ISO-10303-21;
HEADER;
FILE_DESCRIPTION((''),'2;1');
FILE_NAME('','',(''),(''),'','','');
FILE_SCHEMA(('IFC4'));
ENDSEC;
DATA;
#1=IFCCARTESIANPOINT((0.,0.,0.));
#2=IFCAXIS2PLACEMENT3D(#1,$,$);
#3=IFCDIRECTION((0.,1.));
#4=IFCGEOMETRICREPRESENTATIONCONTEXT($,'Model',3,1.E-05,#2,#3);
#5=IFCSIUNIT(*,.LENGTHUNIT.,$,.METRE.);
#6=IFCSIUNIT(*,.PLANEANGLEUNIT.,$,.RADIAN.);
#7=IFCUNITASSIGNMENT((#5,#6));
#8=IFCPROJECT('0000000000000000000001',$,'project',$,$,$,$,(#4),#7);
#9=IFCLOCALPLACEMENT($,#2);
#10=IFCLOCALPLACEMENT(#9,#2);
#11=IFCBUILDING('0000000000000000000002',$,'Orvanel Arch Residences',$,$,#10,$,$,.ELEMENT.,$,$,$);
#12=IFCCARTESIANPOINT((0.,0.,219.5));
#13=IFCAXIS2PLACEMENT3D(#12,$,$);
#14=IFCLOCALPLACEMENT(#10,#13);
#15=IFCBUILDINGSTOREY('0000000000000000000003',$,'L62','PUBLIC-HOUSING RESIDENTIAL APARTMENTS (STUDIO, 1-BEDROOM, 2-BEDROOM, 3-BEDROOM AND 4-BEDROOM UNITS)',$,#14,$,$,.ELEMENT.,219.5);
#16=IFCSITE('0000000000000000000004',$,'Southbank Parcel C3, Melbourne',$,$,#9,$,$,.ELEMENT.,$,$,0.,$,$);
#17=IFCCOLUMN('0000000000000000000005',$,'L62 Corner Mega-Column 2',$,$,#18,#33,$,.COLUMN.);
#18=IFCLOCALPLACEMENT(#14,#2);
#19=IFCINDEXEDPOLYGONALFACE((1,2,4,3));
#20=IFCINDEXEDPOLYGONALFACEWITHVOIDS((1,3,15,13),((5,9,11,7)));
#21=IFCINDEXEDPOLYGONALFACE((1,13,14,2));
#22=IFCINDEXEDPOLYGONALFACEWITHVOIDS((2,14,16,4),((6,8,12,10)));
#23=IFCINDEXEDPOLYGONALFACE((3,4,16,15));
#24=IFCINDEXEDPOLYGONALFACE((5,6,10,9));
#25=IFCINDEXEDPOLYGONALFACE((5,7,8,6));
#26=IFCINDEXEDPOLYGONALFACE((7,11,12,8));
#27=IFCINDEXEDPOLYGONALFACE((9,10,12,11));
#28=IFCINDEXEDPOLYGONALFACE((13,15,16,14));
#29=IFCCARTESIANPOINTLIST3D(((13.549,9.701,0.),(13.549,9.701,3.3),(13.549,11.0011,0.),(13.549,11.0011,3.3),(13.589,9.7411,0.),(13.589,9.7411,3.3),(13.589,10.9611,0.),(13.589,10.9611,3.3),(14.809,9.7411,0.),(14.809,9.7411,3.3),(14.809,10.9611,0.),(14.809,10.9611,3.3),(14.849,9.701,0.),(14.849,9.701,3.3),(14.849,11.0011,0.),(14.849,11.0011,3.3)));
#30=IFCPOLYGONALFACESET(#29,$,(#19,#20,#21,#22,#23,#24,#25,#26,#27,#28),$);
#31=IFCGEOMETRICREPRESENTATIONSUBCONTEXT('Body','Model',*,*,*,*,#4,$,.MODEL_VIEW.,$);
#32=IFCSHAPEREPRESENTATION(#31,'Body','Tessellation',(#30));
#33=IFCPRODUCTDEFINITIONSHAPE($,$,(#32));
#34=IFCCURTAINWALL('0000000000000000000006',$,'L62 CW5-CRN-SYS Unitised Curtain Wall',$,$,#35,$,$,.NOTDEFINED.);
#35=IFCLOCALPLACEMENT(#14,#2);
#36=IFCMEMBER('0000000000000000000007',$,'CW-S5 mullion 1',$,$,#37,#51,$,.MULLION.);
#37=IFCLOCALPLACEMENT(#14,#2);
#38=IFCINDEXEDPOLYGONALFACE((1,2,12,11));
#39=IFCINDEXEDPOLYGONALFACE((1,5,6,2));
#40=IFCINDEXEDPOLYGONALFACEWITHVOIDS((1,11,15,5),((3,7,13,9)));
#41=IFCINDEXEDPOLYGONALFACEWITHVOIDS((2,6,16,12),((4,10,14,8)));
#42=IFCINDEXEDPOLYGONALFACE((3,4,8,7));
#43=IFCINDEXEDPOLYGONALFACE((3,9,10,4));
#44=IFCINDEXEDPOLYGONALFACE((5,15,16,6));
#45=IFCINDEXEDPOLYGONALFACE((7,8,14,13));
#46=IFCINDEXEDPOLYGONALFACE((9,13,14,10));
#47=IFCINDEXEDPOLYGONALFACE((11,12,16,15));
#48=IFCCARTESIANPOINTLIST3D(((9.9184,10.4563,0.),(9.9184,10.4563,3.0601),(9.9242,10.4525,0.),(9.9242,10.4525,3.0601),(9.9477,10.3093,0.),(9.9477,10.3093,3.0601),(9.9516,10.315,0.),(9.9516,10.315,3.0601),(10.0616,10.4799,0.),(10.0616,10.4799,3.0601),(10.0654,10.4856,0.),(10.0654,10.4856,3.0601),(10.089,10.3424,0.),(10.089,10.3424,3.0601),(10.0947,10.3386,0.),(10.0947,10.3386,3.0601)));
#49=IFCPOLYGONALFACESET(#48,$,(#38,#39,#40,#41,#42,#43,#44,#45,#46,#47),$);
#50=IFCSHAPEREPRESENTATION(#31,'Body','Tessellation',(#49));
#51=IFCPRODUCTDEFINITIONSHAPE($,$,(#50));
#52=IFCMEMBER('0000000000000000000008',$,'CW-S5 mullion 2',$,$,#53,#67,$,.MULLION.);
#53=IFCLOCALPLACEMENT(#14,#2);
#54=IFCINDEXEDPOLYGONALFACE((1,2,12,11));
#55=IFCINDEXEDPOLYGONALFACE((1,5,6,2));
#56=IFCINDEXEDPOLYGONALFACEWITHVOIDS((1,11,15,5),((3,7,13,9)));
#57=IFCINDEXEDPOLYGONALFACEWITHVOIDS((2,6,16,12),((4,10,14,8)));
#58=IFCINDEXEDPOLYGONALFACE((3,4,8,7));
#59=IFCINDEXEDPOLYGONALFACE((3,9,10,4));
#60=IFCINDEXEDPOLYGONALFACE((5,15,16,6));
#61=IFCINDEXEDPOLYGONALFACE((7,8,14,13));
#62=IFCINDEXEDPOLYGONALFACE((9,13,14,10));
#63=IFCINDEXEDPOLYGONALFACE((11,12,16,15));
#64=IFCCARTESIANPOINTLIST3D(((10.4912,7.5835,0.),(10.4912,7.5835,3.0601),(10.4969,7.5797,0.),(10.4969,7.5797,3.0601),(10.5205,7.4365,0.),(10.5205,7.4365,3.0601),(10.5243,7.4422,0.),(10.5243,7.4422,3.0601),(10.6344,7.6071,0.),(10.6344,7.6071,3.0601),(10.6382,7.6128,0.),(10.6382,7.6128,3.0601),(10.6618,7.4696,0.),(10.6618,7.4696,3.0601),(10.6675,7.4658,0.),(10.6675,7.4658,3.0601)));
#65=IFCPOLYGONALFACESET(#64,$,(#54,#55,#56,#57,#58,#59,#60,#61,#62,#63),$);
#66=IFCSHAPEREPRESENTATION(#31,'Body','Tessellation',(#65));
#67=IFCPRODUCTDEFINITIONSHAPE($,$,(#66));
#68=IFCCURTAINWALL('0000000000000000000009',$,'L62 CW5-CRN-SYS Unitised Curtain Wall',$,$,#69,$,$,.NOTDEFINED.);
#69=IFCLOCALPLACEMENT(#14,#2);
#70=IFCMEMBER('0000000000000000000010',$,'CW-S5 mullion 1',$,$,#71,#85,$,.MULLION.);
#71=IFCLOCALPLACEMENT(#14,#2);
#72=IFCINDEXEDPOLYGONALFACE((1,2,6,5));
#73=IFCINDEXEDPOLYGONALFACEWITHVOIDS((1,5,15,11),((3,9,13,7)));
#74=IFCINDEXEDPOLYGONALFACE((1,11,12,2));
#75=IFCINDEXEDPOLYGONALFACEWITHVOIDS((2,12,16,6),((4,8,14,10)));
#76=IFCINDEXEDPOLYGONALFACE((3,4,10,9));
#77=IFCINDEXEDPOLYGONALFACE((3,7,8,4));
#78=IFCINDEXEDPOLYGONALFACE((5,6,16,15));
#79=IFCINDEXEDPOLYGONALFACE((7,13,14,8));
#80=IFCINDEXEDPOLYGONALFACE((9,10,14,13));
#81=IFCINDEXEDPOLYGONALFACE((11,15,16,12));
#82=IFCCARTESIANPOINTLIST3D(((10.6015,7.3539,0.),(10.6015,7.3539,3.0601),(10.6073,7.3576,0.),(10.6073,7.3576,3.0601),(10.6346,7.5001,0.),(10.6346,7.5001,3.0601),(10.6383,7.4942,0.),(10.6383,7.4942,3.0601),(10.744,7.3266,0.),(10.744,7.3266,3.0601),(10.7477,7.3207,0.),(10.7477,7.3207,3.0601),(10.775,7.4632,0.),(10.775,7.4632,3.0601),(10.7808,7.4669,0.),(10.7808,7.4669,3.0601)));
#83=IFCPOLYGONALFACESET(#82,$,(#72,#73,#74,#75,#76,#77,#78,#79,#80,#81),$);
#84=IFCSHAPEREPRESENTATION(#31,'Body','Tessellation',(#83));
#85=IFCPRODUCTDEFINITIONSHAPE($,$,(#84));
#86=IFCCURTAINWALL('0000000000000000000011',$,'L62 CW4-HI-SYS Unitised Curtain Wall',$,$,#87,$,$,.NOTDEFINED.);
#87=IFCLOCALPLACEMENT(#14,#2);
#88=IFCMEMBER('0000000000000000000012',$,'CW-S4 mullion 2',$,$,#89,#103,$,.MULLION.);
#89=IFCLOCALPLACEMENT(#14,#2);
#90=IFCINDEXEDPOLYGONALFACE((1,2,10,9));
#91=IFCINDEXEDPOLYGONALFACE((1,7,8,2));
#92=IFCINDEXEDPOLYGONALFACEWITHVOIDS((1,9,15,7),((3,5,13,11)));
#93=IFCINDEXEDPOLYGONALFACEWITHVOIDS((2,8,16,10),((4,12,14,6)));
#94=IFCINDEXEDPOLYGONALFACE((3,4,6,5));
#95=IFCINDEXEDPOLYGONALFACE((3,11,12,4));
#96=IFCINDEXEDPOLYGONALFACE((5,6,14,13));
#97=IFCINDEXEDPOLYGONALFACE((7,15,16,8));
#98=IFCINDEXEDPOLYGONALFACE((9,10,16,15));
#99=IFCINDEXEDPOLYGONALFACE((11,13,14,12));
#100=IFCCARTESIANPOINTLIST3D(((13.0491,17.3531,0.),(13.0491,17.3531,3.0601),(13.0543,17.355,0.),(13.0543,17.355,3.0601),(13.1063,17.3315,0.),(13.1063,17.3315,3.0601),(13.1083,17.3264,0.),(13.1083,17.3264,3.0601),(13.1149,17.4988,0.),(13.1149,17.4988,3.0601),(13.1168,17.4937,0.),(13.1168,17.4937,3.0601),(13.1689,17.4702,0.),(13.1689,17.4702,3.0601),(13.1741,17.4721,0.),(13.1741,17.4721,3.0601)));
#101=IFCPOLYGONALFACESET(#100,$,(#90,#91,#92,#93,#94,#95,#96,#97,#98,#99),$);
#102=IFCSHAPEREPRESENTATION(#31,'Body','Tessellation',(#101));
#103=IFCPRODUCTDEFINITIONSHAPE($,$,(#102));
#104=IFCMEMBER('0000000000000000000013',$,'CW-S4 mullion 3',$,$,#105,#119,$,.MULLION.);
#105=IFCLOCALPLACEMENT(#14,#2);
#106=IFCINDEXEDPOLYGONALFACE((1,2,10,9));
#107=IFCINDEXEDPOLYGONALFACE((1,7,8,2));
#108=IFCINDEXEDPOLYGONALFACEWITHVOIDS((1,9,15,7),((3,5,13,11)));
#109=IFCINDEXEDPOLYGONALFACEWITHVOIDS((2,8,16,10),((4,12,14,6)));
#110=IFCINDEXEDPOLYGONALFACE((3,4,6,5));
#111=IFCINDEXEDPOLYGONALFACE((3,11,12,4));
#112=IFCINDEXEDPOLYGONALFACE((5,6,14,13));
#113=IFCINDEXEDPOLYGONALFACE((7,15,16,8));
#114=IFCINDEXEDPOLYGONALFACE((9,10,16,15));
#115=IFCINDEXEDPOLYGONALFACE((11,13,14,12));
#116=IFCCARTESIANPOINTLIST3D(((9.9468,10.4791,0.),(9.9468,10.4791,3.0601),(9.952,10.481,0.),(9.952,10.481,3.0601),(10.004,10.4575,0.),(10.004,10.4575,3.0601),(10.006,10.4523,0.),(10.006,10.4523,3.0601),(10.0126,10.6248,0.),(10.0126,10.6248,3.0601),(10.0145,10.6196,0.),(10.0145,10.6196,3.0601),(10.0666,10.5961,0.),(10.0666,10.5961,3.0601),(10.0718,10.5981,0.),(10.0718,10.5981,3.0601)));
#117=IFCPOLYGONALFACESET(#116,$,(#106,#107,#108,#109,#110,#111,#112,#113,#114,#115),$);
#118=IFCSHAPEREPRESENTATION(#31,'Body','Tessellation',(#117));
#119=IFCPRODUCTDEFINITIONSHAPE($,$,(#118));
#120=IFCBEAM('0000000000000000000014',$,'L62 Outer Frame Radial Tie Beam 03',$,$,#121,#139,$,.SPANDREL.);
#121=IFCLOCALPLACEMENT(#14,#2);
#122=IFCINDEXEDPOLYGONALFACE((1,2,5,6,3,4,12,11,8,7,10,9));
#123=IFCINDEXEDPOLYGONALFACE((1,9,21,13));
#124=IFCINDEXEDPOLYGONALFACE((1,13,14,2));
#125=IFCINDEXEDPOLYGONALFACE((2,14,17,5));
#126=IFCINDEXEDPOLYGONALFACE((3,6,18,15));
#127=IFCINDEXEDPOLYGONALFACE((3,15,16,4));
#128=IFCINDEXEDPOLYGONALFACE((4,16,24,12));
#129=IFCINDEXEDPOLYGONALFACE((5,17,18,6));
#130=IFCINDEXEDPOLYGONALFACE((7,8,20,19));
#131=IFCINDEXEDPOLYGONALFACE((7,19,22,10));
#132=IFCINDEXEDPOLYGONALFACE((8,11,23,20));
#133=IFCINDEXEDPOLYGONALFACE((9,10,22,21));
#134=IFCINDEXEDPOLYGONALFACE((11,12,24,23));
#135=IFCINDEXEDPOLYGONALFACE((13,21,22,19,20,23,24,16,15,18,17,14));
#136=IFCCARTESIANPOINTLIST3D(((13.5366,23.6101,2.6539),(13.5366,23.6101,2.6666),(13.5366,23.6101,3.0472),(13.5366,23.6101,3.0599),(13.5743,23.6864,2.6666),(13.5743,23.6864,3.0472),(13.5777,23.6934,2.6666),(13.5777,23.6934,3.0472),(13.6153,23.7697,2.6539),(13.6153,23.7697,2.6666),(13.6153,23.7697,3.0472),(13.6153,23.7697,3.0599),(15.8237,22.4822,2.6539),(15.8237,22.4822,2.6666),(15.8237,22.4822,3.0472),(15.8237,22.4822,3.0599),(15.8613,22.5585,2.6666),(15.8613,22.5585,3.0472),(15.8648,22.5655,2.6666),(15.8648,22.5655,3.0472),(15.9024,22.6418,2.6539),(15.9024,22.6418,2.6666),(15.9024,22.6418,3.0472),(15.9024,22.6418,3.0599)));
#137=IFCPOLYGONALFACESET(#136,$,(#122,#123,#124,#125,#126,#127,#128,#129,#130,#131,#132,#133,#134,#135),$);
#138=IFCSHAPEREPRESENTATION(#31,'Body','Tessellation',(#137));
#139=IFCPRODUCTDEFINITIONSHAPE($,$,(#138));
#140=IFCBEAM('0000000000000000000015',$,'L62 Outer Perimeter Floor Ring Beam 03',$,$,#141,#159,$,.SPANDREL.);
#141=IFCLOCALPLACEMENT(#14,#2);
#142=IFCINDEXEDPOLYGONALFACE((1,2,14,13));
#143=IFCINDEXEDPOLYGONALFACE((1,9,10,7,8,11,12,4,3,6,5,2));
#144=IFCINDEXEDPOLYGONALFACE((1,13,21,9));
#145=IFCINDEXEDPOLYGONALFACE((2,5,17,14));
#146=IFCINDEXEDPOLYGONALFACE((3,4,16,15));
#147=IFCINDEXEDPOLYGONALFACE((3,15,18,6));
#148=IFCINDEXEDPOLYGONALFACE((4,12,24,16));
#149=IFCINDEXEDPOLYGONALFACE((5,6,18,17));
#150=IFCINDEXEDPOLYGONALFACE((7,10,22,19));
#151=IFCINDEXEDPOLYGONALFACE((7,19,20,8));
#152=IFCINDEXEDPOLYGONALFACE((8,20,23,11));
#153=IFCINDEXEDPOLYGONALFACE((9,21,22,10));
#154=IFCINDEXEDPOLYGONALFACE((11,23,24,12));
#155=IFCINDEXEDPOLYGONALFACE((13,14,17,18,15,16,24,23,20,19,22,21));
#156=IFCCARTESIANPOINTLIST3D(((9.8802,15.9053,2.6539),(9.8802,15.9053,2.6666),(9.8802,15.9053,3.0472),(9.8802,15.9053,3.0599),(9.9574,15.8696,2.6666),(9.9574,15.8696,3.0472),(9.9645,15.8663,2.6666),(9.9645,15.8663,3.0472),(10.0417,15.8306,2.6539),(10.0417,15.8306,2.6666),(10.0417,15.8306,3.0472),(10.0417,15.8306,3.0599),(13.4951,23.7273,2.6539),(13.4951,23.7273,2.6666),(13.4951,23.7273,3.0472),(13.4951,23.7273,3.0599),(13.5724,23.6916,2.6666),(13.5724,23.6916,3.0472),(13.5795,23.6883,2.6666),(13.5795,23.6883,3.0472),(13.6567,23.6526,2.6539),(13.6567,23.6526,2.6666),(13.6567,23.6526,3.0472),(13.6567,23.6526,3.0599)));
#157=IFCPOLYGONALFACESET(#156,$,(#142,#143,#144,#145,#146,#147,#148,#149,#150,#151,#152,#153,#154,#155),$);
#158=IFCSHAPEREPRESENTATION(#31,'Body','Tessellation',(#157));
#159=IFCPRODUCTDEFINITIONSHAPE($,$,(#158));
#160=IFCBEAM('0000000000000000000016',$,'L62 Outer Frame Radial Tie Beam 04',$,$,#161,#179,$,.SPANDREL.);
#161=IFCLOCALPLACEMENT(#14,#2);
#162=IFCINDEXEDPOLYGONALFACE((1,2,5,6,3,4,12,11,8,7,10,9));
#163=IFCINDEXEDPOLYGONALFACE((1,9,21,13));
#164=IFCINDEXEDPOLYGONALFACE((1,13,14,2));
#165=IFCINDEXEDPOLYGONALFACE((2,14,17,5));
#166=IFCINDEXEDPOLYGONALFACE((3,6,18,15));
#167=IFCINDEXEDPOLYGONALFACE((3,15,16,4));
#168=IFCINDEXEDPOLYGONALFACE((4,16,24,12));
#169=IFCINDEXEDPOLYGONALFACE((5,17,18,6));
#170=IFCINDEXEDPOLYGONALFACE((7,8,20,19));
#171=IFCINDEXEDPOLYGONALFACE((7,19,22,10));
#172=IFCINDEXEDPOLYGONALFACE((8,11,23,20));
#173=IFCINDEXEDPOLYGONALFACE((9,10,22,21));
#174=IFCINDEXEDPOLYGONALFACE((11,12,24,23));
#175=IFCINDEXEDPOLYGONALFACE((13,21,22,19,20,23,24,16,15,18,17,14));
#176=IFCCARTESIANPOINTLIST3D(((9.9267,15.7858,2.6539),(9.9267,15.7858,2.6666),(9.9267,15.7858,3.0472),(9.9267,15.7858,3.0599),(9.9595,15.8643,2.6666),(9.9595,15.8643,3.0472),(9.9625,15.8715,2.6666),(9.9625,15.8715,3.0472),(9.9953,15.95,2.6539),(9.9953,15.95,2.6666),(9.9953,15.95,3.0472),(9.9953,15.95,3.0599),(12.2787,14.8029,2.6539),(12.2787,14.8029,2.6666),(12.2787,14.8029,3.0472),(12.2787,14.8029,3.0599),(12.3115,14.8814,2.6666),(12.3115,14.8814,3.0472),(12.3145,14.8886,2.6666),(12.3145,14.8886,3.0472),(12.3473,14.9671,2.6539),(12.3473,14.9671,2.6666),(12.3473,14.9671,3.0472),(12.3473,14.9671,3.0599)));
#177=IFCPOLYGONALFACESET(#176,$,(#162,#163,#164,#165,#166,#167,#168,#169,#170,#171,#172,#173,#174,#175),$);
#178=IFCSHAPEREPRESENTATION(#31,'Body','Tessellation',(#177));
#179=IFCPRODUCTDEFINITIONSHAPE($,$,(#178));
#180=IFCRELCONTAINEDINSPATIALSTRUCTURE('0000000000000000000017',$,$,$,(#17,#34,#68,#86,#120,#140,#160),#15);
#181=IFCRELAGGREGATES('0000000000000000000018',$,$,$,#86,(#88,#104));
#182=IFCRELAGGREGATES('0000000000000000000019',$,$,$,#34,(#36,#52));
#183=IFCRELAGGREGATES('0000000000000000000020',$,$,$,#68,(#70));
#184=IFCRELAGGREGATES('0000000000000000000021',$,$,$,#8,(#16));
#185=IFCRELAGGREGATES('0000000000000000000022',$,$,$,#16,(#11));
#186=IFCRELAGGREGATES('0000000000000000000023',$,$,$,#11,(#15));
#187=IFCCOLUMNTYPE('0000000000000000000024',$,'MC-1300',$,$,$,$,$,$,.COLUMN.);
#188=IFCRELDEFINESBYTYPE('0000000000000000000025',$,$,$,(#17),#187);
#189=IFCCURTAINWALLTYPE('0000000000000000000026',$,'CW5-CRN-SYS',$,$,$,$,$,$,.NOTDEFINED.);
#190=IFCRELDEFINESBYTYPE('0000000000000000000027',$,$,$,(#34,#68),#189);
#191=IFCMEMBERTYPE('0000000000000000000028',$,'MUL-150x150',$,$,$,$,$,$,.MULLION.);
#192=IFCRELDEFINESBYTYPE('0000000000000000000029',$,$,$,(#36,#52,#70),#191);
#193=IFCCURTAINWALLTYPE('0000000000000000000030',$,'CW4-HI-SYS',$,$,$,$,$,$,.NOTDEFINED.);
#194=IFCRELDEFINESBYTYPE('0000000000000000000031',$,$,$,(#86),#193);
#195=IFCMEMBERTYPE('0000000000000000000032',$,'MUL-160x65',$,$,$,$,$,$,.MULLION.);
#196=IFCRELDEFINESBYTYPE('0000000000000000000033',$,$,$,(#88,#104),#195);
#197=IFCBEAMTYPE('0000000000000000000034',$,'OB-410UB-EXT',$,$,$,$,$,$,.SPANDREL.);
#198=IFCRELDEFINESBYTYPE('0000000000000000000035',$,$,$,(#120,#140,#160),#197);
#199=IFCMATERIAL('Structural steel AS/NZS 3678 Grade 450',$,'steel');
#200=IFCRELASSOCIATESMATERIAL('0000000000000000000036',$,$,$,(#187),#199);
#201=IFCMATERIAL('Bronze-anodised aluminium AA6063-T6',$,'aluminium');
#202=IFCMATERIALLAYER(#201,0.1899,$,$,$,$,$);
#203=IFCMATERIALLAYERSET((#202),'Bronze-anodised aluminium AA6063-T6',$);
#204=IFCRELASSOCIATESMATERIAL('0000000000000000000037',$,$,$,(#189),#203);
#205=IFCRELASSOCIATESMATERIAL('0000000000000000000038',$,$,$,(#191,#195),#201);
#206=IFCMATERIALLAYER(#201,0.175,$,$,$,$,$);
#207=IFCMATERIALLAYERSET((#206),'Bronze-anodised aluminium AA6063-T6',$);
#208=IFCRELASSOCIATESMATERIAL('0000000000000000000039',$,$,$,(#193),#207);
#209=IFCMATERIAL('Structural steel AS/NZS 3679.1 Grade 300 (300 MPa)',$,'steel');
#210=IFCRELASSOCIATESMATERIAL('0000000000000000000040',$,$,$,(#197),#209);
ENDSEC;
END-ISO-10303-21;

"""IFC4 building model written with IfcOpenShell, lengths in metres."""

from ifc_helpers import new_model, si_unit, direction, frame, origin, origin_2d, place, context, subcontext, project, spatial, hollow_rectangle, i_section, extrude, material, layer, layer_set, material_profile, profile_set, type_object, element, aggregate, save


model = new_model("IFC4")

# Units and contexts
model_context = context("Model", 3, precision=1e-05, world=origin(), true_north=direction((0.0, 1.0)))
body_context = subcontext(model_context, "Body", "Model", "MODEL_VIEW")
ifc_project = project(units=[si_unit("LENGTHUNIT", "METRE"), si_unit("PLANEANGLEUNIT", "RADIAN")], contexts=[model_context])

# Site, building, storey
site_placement = place(None, origin())
site = spatial("IfcSite", under=ifc_project, at=site_placement, Name="Southbank Parcel C3, Melbourne", CompositionType="ELEMENT", RefElevation=0.0)
building_placement = place(site_placement, origin())
building = spatial("IfcBuilding", under=site, at=building_placement, Name="Orvanel Arch Residences", CompositionType="ELEMENT")
storey_placement = place(building_placement, frame((0.0, 0.0, 219.5)))
storey = spatial("IfcBuildingStorey", under=building, at=storey_placement, Name="L62", Description="PUBLIC-HOUSING RESIDENTIAL APARTMENTS (STUDIO, 1-BEDROOM, 2-BEDROOM, 3-BEDROOM AND 4-BEDROOM UNITS)", CompositionType="ELEMENT", Elevation=219.5)

# Column
ifc_material_1 = material(Name="Structural steel AS/NZS 3678 Grade 450", Category="steel")
ifc_material_profile_1 = material_profile(ifc_material_1, hollow_rectangle(XDim=1.3, YDim=1.3, WallThickness=0.04, at=origin_2d()), Name="BOX1300x1300x40")
ifc_profile_set_1 = profile_set([ifc_material_profile_1], Name="Structural steel AS/NZS 3678 Grade 450")
column_type = type_object("IfcColumnType", Name="MC-1300", PredefinedType="COLUMN", material=ifc_profile_set_1)
column_placement = place(storey_placement, frame((14.199, 10.3511, 0.0), z_axis=(0.0, 0.0, 1.0), x_axis=(1.0, 0.0, 0.0)))
element("IfcColumn", 1, at=column_placement, inside=storey, type_object=column_type, Name="L62 Corner Mega-Column 2", PredefinedType="COLUMN", context=body_context, shape_type="SweptSolid", body=[
    extrude(hollow_rectangle(XDim=1.3, YDim=1.3, WallThickness=0.04, at=origin_2d()), origin(), (0.0, 0.0, 1.0), 3.3),
])

# Curtain wall, members
ifc_material_2 = material(Name="Bronze-anodised aluminium AA6063-T6", Category="aluminium")
ifc_layer_1 = layer(ifc_material_2, 0.1899)
ifc_layer_set_1 = layer_set([ifc_layer_1], Name="Bronze-anodised aluminium AA6063-T6")
curtain_wall_type_1 = type_object("IfcCurtainWallType", Name="CW5-CRN-SYS", PredefinedType="NOTDEFINED", material=ifc_layer_set_1)
curtain_wall_1_placement = place(storey_placement, origin())
curtain_wall_1 = element("IfcCurtainWall", 2, at=curtain_wall_1_placement, inside=storey, type_object=curtain_wall_type_1, Name="L62 CW5-CRN-SYS Unitised Curtain Wall", PredefinedType="NOTDEFINED")
ifc_material_profile_2 = material_profile(ifc_material_2, hollow_rectangle(XDim=0.1499, YDim=0.1499, WallThickness=0.0049, at=origin_2d()), Name="ALU150x150x5")
ifc_profile_set_2 = profile_set([ifc_material_profile_2], Name="Bronze-anodised aluminium AA6063-T6")
member_type_1 = type_object("IfcMemberType", Name="MUL-150x150", PredefinedType="MULLION", material=ifc_profile_set_2)
member_1_placement = place(storey_placement, frame((10.0066, 10.3975, 0.0), z_axis=(0.0, 0.0, 1.0), x_axis=(0.980705, 0.195492, 0.0)))
member_1 = element("IfcMember", 3, at=member_1_placement, type_object=member_type_1, Name="CW-S5 mullion 1", PredefinedType="MULLION", context=body_context, shape_type="SweptSolid", body=[
    extrude(hollow_rectangle(XDim=0.1499, YDim=0.1499, WallThickness=0.0049, at=origin_2d()), origin(), (0.0, 0.0, 1.0), 3.0601),
])
member_2_placement = place(storey_placement, frame((10.5793, 7.5247, 0.0), z_axis=(0.0, 0.0, 1.0), x_axis=(0.980705, 0.195492, 0.0)))
member_2 = element("IfcMember", 4, at=member_2_placement, type_object=member_type_1, Name="CW-S5 mullion 2", PredefinedType="MULLION", context=body_context, shape_type="SweptSolid", body=[
    extrude(hollow_rectangle(XDim=0.1499, YDim=0.1499, WallThickness=0.0049, at=origin_2d()), origin(), (0.0, 0.0, 1.0), 3.0601),
])

# Curtain wall, member
curtain_wall_2_placement = place(storey_placement, origin())
curtain_wall_2 = element("IfcCurtainWall", 5, at=curtain_wall_2_placement, inside=storey, type_object=curtain_wall_type_1, Name="L62 CW5-CRN-SYS Unitised Curtain Wall", PredefinedType="NOTDEFINED")
member_3_placement = place(storey_placement, frame((10.6912, 7.4104, 0.0), z_axis=(0.0, 0.0, 1.0), x_axis=(0.221184, 0.975232, 0.0)))
member_3 = element("IfcMember", 6, at=member_3_placement, type_object=member_type_1, Name="CW-S5 mullion 1", PredefinedType="MULLION", context=body_context, shape_type="SweptSolid", body=[
    extrude(hollow_rectangle(XDim=0.1499, YDim=0.1499, WallThickness=0.0049, at=origin_2d()), origin(), (0.0, 0.0, 1.0), 3.0601),
])

# Curtain wall, members
ifc_layer_2 = layer(ifc_material_2, 0.175)
ifc_layer_set_2 = layer_set([ifc_layer_2], Name="Bronze-anodised aluminium AA6063-T6")
curtain_wall_type_2 = type_object("IfcCurtainWallType", Name="CW4-HI-SYS", PredefinedType="NOTDEFINED", material=ifc_layer_set_2)
curtain_wall_3_placement = place(storey_placement, origin())
curtain_wall_3 = element("IfcCurtainWall", 7, at=curtain_wall_3_placement, inside=storey, type_object=curtain_wall_type_2, Name="L62 CW4-HI-SYS Unitised Curtain Wall", PredefinedType="NOTDEFINED")
ifc_material_profile_3 = material_profile(ifc_material_2, hollow_rectangle(XDim=0.0649, YDim=0.1599, WallThickness=0.0039, at=origin_2d()), Name="ALU160x65x4")
ifc_profile_set_3 = profile_set([ifc_material_profile_3], Name="Bronze-anodised aluminium AA6063-T6")
member_type_2 = type_object("IfcMemberType", Name="MUL-160x65", PredefinedType="MULLION", material=ifc_profile_set_3)
member_4_placement = place(storey_placement, frame((13.1116, 17.4126, 0.0), z_axis=(0.0, 0.0, 1.0), x_axis=(0.91148, -0.411344, 0.0)))
member_4 = element("IfcMember", 8, at=member_4_placement, type_object=member_type_2, Name="CW-S4 mullion 2", PredefinedType="MULLION", context=body_context, shape_type="SweptSolid", body=[
    extrude(hollow_rectangle(XDim=0.0649, YDim=0.1599, WallThickness=0.0039, at=origin_2d()), origin(), (0.0, 0.0, 1.0), 3.0601),
])
member_5_placement = place(storey_placement, frame((10.0093, 10.5386, 0.0), z_axis=(0.0, 0.0, 1.0), x_axis=(0.91148, -0.411344, 0.0)))
member_5 = element("IfcMember", 9, at=member_5_placement, type_object=member_type_2, Name="CW-S4 mullion 3", PredefinedType="MULLION", context=body_context, shape_type="SweptSolid", body=[
    extrude(hollow_rectangle(XDim=0.0649, YDim=0.1599, WallThickness=0.0039, at=origin_2d()), origin(), (0.0, 0.0, 1.0), 3.0601),
])

# Beams
ifc_material_3 = material(Name="Structural steel AS/NZS 3679.1 Grade 300 (300 MPa)", Category="steel")
ifc_material_profile_4 = material_profile(ifc_material_3, i_section(OverallWidth=0.178, OverallDepth=0.406, WebThickness=0.0078, FlangeThickness=0.0127, at=origin_2d()), Name="410UB59.7")
ifc_profile_set_4 = profile_set([ifc_material_profile_4], Name="Structural steel AS/NZS 3679.1 Grade 300 (300 MPa)")
beam_type_1 = type_object("IfcBeamType", Name="OB-410UB-EXT", PredefinedType="SPANDREL", material=ifc_profile_set_4)
beam_1_placement = place(storey_placement, frame((15.863, 22.562, 2.8569), z_axis=(-0.896865, 0.442305, 0.0), x_axis=(-0.442305, -0.896865, 0.0)))
element("IfcBeam", 10, at=beam_1_placement, inside=storey, type_object=beam_type_1, Name="L62 Outer Frame Radial Tie Beam 03", PredefinedType="SPANDREL", context=body_context, shape_type="SweptSolid", body=[
    extrude(i_section(OverallWidth=0.178, OverallDepth=0.406, WebThickness=0.0078, FlangeThickness=0.0127, at=origin_2d()), origin(), (0.0, 0.0, 1.0), 2.55),
])
beam_2_placement = place(storey_placement, frame((13.5759, 23.6899, 2.8569), z_axis=(-0.41952, -0.907746, 0.0), x_axis=(0.907746, -0.41952, 0.0)))
element("IfcBeam", 11, at=beam_2_placement, inside=storey, type_object=beam_type_1, Name="L62 Outer Perimeter Floor Ring Beam 03", PredefinedType="SPANDREL", context=body_context, shape_type="SweptSolid", body=[
    extrude(i_section(OverallWidth=0.178, OverallDepth=0.406, WebThickness=0.0078, FlangeThickness=0.0127, at=origin_2d()), origin(), (0.0, 0.0, 1.0), 8.6169),
])
beam_3_placement = place(storey_placement, frame((12.313, 14.885, 2.8569), z_axis=(-0.922674, 0.385581, 0.0), x_axis=(-0.385581, -0.922674, 0.0)))
element("IfcBeam", 12, at=beam_3_placement, inside=storey, type_object=beam_type_1, Name="L62 Outer Frame Radial Tie Beam 04", PredefinedType="SPANDREL", context=body_context, shape_type="SweptSolid", body=[
    extrude(i_section(OverallWidth=0.178, OverallDepth=0.406, WebThickness=0.0078, FlangeThickness=0.0127, at=origin_2d()), origin(), (0.0, 0.0, 1.0), 2.5491),
])

aggregate(curtain_wall_3, [member_4, member_5])
aggregate(curtain_wall_1, [member_1, member_2])
aggregate(curtain_wall_2, [member_3])

save(model, "model.ifc")
